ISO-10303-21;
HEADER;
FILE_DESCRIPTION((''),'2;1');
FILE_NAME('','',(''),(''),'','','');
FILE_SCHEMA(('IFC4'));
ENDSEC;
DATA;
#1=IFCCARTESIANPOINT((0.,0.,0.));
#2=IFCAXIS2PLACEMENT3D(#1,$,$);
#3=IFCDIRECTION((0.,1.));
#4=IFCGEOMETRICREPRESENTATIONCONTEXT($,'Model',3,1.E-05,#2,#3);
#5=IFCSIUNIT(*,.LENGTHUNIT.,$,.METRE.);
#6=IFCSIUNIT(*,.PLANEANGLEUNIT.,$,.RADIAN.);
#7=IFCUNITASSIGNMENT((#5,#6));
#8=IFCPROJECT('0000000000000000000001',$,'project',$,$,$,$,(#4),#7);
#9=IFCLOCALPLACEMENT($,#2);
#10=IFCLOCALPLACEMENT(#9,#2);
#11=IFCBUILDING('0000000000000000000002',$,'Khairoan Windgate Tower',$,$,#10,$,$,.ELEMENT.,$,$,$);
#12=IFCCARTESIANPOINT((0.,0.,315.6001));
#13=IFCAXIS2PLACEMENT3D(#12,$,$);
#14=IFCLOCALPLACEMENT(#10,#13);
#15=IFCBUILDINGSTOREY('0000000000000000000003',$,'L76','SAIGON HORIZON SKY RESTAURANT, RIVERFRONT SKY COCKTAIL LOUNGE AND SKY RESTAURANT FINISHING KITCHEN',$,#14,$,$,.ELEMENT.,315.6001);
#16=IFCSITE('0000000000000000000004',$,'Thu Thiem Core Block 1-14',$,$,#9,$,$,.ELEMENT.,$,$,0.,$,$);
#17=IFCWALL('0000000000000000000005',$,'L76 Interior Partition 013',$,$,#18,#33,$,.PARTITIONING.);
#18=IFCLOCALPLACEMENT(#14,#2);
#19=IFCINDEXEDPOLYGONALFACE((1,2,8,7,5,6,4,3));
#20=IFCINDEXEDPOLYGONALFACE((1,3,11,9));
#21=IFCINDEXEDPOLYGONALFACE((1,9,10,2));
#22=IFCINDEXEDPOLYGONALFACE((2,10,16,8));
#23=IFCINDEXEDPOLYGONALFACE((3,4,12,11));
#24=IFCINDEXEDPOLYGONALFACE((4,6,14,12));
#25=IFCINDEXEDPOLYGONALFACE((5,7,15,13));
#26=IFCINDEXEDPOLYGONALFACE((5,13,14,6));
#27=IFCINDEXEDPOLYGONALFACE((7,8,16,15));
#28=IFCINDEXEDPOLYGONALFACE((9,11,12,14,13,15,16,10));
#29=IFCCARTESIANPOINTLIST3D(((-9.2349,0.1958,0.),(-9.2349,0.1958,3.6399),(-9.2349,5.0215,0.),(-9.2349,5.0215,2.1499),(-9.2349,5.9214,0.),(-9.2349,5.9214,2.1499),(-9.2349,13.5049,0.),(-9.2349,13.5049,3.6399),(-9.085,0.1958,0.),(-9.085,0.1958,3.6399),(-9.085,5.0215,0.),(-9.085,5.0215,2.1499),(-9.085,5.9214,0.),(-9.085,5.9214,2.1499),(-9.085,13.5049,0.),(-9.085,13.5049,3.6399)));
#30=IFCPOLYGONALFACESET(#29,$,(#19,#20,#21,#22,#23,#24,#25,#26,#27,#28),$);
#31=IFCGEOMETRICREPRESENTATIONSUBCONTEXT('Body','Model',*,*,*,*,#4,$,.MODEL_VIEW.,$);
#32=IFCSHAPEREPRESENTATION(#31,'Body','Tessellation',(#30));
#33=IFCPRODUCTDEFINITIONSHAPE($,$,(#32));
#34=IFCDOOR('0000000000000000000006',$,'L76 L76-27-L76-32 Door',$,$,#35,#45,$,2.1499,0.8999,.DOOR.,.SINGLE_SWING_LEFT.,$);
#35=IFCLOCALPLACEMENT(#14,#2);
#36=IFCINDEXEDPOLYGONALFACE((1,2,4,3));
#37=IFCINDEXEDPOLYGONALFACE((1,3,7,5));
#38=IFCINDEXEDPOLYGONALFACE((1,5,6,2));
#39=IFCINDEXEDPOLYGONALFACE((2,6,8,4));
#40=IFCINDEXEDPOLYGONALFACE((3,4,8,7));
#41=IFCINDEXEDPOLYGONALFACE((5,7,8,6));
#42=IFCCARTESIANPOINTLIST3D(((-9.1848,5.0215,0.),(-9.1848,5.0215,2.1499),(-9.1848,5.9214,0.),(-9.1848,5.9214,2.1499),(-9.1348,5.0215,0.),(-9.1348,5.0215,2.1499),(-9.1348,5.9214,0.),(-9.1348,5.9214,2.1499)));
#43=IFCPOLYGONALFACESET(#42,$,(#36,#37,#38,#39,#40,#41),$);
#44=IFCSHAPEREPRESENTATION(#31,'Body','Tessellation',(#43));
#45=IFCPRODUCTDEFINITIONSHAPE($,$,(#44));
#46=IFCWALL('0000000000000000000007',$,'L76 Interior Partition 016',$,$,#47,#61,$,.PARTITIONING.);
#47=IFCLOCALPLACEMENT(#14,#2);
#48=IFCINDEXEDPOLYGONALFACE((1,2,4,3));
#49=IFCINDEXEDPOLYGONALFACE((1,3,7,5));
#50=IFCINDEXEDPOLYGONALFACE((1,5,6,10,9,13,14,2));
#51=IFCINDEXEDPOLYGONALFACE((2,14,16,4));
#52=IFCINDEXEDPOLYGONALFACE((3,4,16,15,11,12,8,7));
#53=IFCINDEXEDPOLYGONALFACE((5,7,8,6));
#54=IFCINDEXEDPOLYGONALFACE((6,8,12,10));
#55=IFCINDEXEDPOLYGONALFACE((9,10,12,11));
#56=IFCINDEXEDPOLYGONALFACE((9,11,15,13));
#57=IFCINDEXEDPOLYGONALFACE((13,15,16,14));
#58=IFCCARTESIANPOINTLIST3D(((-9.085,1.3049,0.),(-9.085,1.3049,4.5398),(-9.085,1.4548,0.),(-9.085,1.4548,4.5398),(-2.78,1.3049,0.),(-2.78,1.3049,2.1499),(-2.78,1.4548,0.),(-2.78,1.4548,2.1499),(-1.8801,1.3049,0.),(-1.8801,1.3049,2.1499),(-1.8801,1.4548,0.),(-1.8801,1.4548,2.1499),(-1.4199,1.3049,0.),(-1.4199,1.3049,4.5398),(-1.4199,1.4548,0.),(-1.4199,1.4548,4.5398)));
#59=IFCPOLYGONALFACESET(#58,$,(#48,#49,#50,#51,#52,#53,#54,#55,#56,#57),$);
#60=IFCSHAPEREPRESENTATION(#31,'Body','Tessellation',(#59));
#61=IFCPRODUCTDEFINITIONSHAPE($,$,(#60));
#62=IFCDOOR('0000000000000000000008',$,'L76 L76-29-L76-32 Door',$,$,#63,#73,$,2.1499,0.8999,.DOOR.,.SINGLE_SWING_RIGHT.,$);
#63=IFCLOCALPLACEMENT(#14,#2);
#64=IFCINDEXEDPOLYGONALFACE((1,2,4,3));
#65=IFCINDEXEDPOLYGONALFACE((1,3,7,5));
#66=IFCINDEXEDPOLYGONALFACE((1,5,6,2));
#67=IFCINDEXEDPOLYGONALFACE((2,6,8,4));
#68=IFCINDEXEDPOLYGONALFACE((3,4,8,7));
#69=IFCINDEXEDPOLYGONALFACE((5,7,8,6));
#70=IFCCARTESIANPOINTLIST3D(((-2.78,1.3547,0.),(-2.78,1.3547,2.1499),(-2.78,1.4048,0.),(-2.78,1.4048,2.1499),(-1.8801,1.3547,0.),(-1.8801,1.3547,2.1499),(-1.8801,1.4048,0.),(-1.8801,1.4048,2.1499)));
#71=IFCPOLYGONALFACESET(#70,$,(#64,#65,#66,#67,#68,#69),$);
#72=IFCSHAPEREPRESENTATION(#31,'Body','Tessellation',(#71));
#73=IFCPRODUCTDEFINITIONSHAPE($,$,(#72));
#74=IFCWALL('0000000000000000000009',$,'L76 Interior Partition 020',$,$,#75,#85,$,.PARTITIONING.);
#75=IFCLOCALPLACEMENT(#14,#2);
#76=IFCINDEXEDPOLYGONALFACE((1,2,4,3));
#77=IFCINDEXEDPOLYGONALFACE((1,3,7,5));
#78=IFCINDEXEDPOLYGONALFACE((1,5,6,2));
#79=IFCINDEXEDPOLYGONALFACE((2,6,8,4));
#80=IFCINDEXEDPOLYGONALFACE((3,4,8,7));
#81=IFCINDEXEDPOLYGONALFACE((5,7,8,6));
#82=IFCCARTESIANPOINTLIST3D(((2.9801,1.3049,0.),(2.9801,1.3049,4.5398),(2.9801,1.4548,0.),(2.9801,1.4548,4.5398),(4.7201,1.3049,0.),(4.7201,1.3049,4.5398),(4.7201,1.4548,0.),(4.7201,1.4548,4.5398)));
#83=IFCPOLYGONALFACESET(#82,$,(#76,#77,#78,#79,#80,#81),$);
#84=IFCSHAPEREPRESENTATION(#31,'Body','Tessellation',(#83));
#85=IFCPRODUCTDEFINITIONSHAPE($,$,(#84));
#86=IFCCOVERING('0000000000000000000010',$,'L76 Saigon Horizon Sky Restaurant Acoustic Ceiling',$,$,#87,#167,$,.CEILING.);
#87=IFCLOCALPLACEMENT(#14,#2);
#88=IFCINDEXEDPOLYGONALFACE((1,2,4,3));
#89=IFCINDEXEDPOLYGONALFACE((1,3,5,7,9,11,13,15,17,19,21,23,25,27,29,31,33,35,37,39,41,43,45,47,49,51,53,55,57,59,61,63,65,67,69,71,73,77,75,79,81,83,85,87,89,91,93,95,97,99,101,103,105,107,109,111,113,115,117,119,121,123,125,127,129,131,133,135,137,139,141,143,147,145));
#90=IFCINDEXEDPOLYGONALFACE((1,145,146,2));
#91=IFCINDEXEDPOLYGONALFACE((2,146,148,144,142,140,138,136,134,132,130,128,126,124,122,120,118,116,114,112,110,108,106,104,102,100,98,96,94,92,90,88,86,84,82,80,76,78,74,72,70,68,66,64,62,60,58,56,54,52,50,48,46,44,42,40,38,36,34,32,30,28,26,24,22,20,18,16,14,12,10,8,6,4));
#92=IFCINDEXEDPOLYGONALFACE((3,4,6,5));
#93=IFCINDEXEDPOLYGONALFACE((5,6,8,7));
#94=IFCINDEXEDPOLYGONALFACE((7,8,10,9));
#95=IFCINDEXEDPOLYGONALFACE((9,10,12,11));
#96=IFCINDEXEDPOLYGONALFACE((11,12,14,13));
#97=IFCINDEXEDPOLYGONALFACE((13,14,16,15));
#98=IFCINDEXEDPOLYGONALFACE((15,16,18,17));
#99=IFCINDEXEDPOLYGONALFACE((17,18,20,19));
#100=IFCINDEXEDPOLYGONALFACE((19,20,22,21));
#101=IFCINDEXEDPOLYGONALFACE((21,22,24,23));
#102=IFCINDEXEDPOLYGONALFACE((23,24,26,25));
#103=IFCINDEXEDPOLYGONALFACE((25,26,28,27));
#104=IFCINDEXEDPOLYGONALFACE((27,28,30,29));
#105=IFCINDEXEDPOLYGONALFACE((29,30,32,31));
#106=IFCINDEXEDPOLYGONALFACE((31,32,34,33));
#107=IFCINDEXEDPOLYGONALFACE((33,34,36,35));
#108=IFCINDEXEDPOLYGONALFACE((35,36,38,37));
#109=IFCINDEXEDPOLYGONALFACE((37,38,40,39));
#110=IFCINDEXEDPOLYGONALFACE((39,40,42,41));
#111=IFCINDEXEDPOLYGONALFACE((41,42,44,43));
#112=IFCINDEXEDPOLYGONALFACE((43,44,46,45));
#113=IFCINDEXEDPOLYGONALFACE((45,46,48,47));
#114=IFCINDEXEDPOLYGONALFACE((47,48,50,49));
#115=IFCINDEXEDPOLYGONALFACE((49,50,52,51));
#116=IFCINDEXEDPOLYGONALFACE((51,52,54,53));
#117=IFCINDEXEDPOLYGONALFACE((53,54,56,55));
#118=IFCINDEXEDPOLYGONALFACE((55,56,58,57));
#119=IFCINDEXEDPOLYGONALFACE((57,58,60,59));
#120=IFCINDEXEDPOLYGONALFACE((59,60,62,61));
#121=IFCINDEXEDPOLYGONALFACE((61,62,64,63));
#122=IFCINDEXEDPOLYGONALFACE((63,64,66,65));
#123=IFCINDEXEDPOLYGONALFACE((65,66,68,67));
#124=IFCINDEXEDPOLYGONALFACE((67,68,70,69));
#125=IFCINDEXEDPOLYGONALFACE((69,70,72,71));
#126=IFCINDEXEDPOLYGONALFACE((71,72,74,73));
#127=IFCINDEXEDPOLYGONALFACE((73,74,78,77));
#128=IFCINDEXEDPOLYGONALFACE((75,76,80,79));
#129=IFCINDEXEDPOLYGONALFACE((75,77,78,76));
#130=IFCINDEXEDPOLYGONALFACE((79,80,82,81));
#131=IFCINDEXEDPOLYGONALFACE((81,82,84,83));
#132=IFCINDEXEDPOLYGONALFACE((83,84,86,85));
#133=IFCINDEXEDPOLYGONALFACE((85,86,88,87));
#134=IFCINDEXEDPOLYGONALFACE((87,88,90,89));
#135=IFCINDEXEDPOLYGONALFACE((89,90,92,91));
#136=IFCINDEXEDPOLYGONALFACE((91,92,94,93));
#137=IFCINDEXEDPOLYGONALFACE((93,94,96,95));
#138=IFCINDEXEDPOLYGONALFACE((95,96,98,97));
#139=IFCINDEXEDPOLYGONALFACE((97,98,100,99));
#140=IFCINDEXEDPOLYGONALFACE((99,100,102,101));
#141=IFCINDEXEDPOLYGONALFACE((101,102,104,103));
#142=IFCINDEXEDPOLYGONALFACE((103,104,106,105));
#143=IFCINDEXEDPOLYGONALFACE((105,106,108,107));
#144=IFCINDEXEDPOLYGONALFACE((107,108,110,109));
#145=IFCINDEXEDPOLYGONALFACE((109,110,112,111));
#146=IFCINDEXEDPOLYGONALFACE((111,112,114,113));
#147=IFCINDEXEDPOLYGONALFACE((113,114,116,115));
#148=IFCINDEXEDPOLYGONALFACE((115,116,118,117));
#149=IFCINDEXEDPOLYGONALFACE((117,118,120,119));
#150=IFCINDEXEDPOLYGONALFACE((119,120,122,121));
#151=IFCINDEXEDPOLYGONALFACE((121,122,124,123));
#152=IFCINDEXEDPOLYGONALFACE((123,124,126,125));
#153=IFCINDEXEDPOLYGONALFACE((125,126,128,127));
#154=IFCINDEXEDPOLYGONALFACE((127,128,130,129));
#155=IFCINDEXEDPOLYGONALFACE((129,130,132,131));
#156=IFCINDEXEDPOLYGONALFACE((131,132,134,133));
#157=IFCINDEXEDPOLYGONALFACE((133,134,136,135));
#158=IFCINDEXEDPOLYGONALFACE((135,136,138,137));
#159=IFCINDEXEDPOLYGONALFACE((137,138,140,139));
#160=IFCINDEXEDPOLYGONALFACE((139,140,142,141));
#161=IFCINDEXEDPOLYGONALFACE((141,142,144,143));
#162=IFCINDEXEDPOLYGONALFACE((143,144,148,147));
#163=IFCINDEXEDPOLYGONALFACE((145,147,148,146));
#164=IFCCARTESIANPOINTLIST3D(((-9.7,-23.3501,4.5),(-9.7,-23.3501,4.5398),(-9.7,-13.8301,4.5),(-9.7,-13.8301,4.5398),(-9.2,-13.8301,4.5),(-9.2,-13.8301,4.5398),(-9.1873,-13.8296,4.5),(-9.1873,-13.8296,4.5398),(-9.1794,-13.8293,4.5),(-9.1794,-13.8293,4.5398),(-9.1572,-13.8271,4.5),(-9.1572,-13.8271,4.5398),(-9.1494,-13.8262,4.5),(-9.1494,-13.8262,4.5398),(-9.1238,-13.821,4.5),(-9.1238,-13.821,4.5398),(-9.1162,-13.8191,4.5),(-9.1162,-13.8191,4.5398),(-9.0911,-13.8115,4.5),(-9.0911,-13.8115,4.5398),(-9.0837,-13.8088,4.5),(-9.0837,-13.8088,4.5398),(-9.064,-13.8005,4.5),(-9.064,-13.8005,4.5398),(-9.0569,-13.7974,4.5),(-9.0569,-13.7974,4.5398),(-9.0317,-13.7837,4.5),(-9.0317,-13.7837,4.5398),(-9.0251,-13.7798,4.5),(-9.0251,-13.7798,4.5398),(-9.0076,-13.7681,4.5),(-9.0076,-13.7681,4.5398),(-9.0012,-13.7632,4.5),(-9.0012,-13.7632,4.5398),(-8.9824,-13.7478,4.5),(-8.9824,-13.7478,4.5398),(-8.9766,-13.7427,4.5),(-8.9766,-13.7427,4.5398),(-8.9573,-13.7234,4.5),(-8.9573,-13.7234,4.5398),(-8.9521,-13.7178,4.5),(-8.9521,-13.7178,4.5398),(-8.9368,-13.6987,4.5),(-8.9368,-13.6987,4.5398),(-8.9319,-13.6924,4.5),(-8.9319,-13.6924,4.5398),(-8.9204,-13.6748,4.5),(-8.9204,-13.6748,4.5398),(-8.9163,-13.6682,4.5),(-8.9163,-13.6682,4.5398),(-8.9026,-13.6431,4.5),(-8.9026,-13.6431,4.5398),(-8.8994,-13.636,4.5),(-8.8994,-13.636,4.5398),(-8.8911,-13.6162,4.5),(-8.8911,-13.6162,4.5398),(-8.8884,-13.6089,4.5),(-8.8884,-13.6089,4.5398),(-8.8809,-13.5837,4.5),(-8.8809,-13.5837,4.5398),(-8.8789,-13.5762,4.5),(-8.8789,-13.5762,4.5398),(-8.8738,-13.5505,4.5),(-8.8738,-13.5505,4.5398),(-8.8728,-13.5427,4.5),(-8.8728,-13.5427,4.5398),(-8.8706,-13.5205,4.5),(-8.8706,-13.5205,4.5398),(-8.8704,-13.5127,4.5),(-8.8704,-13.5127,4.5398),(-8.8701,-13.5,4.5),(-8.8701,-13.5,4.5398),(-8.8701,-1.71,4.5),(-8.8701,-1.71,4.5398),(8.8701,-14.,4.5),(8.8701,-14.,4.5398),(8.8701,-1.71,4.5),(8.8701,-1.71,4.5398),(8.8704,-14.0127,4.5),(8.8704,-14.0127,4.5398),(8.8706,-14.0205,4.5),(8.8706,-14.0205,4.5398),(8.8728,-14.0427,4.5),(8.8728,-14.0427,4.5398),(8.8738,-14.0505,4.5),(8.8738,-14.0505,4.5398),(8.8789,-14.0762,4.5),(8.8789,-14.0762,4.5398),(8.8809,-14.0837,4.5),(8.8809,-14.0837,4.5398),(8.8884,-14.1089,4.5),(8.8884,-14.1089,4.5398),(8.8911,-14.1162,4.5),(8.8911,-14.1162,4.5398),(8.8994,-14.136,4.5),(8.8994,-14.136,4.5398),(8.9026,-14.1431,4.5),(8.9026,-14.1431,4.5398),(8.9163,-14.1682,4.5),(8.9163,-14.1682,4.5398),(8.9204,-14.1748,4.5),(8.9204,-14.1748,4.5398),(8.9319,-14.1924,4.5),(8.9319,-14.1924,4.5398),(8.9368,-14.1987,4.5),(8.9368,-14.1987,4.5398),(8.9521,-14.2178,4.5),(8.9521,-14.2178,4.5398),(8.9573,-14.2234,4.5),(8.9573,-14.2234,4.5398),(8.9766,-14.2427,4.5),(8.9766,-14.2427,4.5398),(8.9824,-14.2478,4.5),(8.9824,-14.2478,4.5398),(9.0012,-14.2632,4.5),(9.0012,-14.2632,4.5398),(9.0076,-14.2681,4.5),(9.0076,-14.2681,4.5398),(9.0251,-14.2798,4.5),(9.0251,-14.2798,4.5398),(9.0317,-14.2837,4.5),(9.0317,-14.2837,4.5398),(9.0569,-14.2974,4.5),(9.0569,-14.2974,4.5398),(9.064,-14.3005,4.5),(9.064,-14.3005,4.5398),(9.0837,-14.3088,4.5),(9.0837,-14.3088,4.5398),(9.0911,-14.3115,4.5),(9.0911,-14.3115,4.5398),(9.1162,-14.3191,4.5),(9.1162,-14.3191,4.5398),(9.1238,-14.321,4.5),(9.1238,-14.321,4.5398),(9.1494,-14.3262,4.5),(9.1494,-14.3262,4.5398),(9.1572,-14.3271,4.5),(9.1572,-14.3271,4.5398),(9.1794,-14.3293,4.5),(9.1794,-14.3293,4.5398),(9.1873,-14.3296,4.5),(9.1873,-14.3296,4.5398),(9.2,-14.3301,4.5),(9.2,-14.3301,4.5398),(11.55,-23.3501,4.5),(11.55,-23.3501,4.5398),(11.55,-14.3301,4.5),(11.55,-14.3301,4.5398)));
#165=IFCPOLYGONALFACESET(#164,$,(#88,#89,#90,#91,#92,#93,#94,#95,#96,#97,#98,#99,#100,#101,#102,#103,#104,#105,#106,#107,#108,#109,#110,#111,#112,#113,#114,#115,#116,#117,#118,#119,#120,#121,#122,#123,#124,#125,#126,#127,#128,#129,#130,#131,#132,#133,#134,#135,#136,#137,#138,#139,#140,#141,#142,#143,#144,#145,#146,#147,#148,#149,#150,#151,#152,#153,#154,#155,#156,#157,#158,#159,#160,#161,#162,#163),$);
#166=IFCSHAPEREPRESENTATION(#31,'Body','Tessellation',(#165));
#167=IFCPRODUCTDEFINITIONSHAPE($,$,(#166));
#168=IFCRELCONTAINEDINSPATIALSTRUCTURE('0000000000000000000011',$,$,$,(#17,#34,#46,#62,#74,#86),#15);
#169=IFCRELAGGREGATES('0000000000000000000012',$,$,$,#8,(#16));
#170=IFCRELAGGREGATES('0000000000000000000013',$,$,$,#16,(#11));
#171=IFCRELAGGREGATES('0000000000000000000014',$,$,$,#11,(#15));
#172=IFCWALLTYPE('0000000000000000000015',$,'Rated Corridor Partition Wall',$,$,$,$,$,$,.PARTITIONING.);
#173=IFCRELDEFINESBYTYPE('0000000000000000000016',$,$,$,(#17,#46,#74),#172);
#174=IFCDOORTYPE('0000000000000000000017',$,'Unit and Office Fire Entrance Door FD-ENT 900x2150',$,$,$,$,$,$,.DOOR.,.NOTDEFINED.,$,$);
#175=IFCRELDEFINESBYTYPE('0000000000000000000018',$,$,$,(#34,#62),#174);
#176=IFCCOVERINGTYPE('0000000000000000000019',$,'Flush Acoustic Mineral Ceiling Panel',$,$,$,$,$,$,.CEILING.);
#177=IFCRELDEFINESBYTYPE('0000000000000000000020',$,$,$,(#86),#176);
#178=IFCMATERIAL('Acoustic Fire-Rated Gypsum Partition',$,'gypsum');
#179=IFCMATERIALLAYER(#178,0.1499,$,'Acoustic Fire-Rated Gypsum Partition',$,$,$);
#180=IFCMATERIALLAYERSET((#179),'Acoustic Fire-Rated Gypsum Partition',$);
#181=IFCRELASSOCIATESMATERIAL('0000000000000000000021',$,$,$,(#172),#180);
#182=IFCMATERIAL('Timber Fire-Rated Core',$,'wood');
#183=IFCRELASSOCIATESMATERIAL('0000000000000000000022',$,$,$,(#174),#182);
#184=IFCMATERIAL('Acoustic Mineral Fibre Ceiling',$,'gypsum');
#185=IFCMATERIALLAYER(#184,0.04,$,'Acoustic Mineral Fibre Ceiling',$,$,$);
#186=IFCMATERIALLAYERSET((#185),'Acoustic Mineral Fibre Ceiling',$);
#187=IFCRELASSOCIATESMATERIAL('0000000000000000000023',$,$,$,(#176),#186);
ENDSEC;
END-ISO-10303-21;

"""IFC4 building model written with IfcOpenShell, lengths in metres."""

from ifc_helpers import new_model, si_unit, direction, frame, frame_2d, origin, place, context, subcontext, project, spatial, polyline, rectangle, outline, extrude, material, layer, layer_set, type_object, element, fill, save


model = new_model("IFC4")

# Units and contexts
model_context = context("Model", 3, precision=1e-05, world=origin(), true_north=direction((0.0, 1.0)))
body_context = subcontext(model_context, "Body", "Model", "MODEL_VIEW")
ifc_project = project(units=[si_unit("LENGTHUNIT", "METRE"), si_unit("PLANEANGLEUNIT", "RADIAN")], contexts=[model_context])

# Site, building, storey
site_placement = place(None, origin())
site = spatial("IfcSite", under=ifc_project, at=site_placement, Name="Thu Thiem Core Block 1-14", CompositionType="ELEMENT", RefElevation=0.0)
building_placement = place(site_placement, origin())
building = spatial("IfcBuilding", under=site, at=building_placement, Name="Khairoan Windgate Tower", CompositionType="ELEMENT")
storey_placement = place(building_placement, frame((0.0, 0.0, 315.6001)))
storey = spatial("IfcBuildingStorey", under=building, at=storey_placement, Name="L76", Description="SAIGON HORIZON SKY RESTAURANT, RIVERFRONT SKY COCKTAIL LOUNGE AND SKY RESTAURANT FINISHING KITCHEN", CompositionType="ELEMENT", Elevation=315.6001)

# Walls, openings, doors
ifc_material_1 = material(Name="Acoustic Fire-Rated Gypsum Partition", Category="gypsum")
ifc_layer_1 = layer(ifc_material_1, 0.1499, Name="Acoustic Fire-Rated Gypsum Partition")
ifc_layer_set_1 = layer_set([ifc_layer_1], Name="Acoustic Fire-Rated Gypsum Partition")
wall_type_1 = type_object("IfcWallType", Name="Rated Corridor Partition Wall", PredefinedType="PARTITIONING", material=ifc_layer_set_1)
wall_1_placement = place(storey_placement, frame((-9.1599, 0.1958, 0.0), z_axis=(0.0, 0.0, 1.0), x_axis=(0.0, 1.0, 0.0)))
wall_1 = element("IfcWall", 1, at=wall_1_placement, inside=storey, type_object=wall_type_1, Name="L76 Interior Partition 013", PredefinedType="PARTITIONING", context=body_context, shape_type="SweptSolid", body=[
    extrude(rectangle(XDim=13.3091, YDim=0.1499, at=frame_2d((6.6545, 0.0))), origin(), (0.0, 0.0, 1.0), 3.6399),
])
opening_1_placement = place(wall_1_placement, frame((4.8257, 0.0, 0.0)))
opening_1 = element("IfcOpeningElement", 2, at=opening_1_placement, cuts=wall_1, PredefinedType="OPENING", context=body_context, shape_type="SweptSolid", body=[
    extrude(rectangle(XDim=0.8999, YDim=2.1499, at=frame_2d((0.45, 1.075))), frame((0.0, 0.085, 0.0), z_axis=(0.0, -1.0, 0.0), x_axis=(1.0, 0.0, 0.0)), (0.0, 0.0, 1.0), 0.1699),
])
ifc_material_2 = material(Name="Timber Fire-Rated Core", Category="wood")
door_type = type_object("IfcDoorType", Name="Unit and Office Fire Entrance Door FD-ENT 900x2150", OperationType="NOTDEFINED", PredefinedType="DOOR", material=ifc_material_2)
door_1_placement = place(opening_1_placement, origin())
door_1 = element("IfcDoor", 3, at=door_1_placement, inside=storey, type_object=door_type, Name="L76 L76-27-L76-32 Door", OperationType="SINGLE_SWING_LEFT", OverallHeight=2.1499, OverallWidth=0.8999, PredefinedType="DOOR", context=body_context, shape_type="SweptSolid", body=[
    extrude(rectangle(XDim=0.8999, YDim=2.1499, at=frame_2d((0.45, 1.075))), frame((0.0, 0.0249, 0.0), z_axis=(0.0, -1.0, 0.0), x_axis=(1.0, 0.0, 0.0)), (0.0, 0.0, 1.0), 0.05),
])
fill(opening_1, door_1)
wall_2_placement = place(storey_placement, frame((-9.085, 1.3799, 0.0), z_axis=(0.0, 0.0, 1.0), x_axis=(1.0, 0.0, 0.0)))
wall_2 = element("IfcWall", 4, at=wall_2_placement, inside=storey, type_object=wall_type_1, Name="L76 Interior Partition 016", PredefinedType="PARTITIONING", context=body_context, shape_type="SweptSolid", body=[
    extrude(rectangle(XDim=7.665, YDim=0.1499, at=frame_2d((3.8325, 0.0))), origin(), (0.0, 0.0, 1.0), 4.5398),
])
opening_2_placement = place(wall_2_placement, frame((6.3049, 0.0, 0.0)))
opening_2 = element("IfcOpeningElement", 5, at=opening_2_placement, cuts=wall_2, PredefinedType="OPENING", context=body_context, shape_type="SweptSolid", body=[
    extrude(rectangle(XDim=0.8999, YDim=2.1499, at=frame_2d((0.45, 1.075))), frame((0.0, 0.085, 0.0), z_axis=(0.0, -1.0, 0.0), x_axis=(1.0, 0.0, 0.0)), (0.0, 0.0, 1.0), 0.1699),
])
door_2_placement = place(opening_2_placement, origin())
door_2 = element("IfcDoor", 6, at=door_2_placement, inside=storey, type_object=door_type, Name="L76 L76-29-L76-32 Door", OperationType="SINGLE_SWING_RIGHT", OverallHeight=2.1499, OverallWidth=0.8999, PredefinedType="DOOR", context=body_context, shape_type="SweptSolid", body=[
    extrude(rectangle(XDim=0.8999, YDim=2.1499, at=frame_2d((0.45, 1.075))), frame((0.0, 0.0249, 0.0), z_axis=(0.0, -1.0, 0.0), x_axis=(1.0, 0.0, 0.0)), (0.0, 0.0, 1.0), 0.05),
])
fill(opening_2, door_2)

# Wall
wall_3_placement = place(storey_placement, frame((2.98, 1.3799, 0.0), z_axis=(0.0, 0.0, 1.0), x_axis=(1.0, 0.0, 0.0)))
element("IfcWall", 7, at=wall_3_placement, inside=storey, type_object=wall_type_1, Name="L76 Interior Partition 020", PredefinedType="PARTITIONING", context=body_context, shape_type="SweptSolid", body=[
    extrude(rectangle(XDim=1.74, YDim=0.1499, at=frame_2d((0.8701, 0.0))), origin(), (0.0, 0.0, 1.0), 4.5398),
])

# Covering
ifc_material_3 = material(Name="Acoustic Mineral Fibre Ceiling", Category="gypsum")
ifc_layer_2 = layer(ifc_material_3, 0.04, Name="Acoustic Mineral Fibre Ceiling")
ifc_layer_set_2 = layer_set([ifc_layer_2], Name="Acoustic Mineral Fibre Ceiling")
covering_type_1 = type_object("IfcCoveringType", Name="Flush Acoustic Mineral Ceiling Panel", PredefinedType="CEILING", material=ifc_layer_set_2)
covering_1_placement = place(storey_placement, frame((0.0, 0.0, 4.5)))
element("IfcCovering", 8, at=covering_1_placement, inside=storey, type_object=covering_type_1, Name="L76 Saigon Horizon Sky Restaurant Acoustic Ceiling", PredefinedType="CEILING", context=body_context, shape_type="SweptSolid", body=[
    extrude(outline(polyline([(-9.7, -13.8301), (-9.2, -13.8301), (-9.1873, -13.8296), (-9.1794, -13.8293), (-9.1572, -13.8271), (-9.1494, -13.8262), (-9.1238, -13.821), (-9.1162, -13.8191), (-9.0911, -13.8115), (-9.0837, -13.8088), (-9.064, -13.8005), (-9.0569, -13.7974), (-9.0317, -13.7837), (-9.0251, -13.7798), (-9.0076, -13.7681), (-9.0012, -13.7632), (-8.9824, -13.7478), (-8.9766, -13.7427), (-8.9573, -13.7234), (-8.9521, -13.7178), (-8.9368, -13.6987), (-8.9319, -13.6924), (-8.9204, -13.6748), (-8.9163, -13.6682), (-8.9026, -13.6431), (-8.8994, -13.636), (-8.8911, -13.6162), (-8.8884, -13.6089), (-8.8809, -13.5837), (-8.8789, -13.5762), (-8.8738, -13.5505), (-8.8728, -13.5427), (-8.8706, -13.5205), (-8.8704, -13.5127), (-8.8701, -13.5), (-8.8701, -1.71), (8.8701, -1.71), (8.8701, -14.0), (8.8704, -14.0127), (8.8706, -14.0205), (8.8728, -14.0427), (8.8738, -14.0505), (8.8789, -14.0762), (8.8809, -14.0837), (8.8884, -14.1089), (8.8911, -14.1162), (8.8994, -14.136), (8.9026, -14.1431), (8.9163, -14.1682), (8.9204, -14.1748), (8.9319, -14.1924), (8.9368, -14.1987), (8.9521, -14.2178), (8.9573, -14.2234), (8.9766, -14.2427), (8.9824, -14.2478), (9.0012, -14.2632), (9.0076, -14.2681), (9.0251, -14.2798), (9.0317, -14.2837), (9.0569, -14.2974), (9.064, -14.3005), (9.0837, -14.3088), (9.0911, -14.3115), (9.1162, -14.3191), (9.1238, -14.321), (9.1494, -14.3262), (9.1572, -14.3271), (9.1794, -14.3293), (9.1873, -14.3296), (9.2, -14.3301), (11.55, -14.3301), (11.55, -23.3501), (-9.7, -23.3501), (-9.7, -13.8301)])), origin(), (0.0, 0.0, 1.0), 0.0398),
])

save(model, "model.ifc")
